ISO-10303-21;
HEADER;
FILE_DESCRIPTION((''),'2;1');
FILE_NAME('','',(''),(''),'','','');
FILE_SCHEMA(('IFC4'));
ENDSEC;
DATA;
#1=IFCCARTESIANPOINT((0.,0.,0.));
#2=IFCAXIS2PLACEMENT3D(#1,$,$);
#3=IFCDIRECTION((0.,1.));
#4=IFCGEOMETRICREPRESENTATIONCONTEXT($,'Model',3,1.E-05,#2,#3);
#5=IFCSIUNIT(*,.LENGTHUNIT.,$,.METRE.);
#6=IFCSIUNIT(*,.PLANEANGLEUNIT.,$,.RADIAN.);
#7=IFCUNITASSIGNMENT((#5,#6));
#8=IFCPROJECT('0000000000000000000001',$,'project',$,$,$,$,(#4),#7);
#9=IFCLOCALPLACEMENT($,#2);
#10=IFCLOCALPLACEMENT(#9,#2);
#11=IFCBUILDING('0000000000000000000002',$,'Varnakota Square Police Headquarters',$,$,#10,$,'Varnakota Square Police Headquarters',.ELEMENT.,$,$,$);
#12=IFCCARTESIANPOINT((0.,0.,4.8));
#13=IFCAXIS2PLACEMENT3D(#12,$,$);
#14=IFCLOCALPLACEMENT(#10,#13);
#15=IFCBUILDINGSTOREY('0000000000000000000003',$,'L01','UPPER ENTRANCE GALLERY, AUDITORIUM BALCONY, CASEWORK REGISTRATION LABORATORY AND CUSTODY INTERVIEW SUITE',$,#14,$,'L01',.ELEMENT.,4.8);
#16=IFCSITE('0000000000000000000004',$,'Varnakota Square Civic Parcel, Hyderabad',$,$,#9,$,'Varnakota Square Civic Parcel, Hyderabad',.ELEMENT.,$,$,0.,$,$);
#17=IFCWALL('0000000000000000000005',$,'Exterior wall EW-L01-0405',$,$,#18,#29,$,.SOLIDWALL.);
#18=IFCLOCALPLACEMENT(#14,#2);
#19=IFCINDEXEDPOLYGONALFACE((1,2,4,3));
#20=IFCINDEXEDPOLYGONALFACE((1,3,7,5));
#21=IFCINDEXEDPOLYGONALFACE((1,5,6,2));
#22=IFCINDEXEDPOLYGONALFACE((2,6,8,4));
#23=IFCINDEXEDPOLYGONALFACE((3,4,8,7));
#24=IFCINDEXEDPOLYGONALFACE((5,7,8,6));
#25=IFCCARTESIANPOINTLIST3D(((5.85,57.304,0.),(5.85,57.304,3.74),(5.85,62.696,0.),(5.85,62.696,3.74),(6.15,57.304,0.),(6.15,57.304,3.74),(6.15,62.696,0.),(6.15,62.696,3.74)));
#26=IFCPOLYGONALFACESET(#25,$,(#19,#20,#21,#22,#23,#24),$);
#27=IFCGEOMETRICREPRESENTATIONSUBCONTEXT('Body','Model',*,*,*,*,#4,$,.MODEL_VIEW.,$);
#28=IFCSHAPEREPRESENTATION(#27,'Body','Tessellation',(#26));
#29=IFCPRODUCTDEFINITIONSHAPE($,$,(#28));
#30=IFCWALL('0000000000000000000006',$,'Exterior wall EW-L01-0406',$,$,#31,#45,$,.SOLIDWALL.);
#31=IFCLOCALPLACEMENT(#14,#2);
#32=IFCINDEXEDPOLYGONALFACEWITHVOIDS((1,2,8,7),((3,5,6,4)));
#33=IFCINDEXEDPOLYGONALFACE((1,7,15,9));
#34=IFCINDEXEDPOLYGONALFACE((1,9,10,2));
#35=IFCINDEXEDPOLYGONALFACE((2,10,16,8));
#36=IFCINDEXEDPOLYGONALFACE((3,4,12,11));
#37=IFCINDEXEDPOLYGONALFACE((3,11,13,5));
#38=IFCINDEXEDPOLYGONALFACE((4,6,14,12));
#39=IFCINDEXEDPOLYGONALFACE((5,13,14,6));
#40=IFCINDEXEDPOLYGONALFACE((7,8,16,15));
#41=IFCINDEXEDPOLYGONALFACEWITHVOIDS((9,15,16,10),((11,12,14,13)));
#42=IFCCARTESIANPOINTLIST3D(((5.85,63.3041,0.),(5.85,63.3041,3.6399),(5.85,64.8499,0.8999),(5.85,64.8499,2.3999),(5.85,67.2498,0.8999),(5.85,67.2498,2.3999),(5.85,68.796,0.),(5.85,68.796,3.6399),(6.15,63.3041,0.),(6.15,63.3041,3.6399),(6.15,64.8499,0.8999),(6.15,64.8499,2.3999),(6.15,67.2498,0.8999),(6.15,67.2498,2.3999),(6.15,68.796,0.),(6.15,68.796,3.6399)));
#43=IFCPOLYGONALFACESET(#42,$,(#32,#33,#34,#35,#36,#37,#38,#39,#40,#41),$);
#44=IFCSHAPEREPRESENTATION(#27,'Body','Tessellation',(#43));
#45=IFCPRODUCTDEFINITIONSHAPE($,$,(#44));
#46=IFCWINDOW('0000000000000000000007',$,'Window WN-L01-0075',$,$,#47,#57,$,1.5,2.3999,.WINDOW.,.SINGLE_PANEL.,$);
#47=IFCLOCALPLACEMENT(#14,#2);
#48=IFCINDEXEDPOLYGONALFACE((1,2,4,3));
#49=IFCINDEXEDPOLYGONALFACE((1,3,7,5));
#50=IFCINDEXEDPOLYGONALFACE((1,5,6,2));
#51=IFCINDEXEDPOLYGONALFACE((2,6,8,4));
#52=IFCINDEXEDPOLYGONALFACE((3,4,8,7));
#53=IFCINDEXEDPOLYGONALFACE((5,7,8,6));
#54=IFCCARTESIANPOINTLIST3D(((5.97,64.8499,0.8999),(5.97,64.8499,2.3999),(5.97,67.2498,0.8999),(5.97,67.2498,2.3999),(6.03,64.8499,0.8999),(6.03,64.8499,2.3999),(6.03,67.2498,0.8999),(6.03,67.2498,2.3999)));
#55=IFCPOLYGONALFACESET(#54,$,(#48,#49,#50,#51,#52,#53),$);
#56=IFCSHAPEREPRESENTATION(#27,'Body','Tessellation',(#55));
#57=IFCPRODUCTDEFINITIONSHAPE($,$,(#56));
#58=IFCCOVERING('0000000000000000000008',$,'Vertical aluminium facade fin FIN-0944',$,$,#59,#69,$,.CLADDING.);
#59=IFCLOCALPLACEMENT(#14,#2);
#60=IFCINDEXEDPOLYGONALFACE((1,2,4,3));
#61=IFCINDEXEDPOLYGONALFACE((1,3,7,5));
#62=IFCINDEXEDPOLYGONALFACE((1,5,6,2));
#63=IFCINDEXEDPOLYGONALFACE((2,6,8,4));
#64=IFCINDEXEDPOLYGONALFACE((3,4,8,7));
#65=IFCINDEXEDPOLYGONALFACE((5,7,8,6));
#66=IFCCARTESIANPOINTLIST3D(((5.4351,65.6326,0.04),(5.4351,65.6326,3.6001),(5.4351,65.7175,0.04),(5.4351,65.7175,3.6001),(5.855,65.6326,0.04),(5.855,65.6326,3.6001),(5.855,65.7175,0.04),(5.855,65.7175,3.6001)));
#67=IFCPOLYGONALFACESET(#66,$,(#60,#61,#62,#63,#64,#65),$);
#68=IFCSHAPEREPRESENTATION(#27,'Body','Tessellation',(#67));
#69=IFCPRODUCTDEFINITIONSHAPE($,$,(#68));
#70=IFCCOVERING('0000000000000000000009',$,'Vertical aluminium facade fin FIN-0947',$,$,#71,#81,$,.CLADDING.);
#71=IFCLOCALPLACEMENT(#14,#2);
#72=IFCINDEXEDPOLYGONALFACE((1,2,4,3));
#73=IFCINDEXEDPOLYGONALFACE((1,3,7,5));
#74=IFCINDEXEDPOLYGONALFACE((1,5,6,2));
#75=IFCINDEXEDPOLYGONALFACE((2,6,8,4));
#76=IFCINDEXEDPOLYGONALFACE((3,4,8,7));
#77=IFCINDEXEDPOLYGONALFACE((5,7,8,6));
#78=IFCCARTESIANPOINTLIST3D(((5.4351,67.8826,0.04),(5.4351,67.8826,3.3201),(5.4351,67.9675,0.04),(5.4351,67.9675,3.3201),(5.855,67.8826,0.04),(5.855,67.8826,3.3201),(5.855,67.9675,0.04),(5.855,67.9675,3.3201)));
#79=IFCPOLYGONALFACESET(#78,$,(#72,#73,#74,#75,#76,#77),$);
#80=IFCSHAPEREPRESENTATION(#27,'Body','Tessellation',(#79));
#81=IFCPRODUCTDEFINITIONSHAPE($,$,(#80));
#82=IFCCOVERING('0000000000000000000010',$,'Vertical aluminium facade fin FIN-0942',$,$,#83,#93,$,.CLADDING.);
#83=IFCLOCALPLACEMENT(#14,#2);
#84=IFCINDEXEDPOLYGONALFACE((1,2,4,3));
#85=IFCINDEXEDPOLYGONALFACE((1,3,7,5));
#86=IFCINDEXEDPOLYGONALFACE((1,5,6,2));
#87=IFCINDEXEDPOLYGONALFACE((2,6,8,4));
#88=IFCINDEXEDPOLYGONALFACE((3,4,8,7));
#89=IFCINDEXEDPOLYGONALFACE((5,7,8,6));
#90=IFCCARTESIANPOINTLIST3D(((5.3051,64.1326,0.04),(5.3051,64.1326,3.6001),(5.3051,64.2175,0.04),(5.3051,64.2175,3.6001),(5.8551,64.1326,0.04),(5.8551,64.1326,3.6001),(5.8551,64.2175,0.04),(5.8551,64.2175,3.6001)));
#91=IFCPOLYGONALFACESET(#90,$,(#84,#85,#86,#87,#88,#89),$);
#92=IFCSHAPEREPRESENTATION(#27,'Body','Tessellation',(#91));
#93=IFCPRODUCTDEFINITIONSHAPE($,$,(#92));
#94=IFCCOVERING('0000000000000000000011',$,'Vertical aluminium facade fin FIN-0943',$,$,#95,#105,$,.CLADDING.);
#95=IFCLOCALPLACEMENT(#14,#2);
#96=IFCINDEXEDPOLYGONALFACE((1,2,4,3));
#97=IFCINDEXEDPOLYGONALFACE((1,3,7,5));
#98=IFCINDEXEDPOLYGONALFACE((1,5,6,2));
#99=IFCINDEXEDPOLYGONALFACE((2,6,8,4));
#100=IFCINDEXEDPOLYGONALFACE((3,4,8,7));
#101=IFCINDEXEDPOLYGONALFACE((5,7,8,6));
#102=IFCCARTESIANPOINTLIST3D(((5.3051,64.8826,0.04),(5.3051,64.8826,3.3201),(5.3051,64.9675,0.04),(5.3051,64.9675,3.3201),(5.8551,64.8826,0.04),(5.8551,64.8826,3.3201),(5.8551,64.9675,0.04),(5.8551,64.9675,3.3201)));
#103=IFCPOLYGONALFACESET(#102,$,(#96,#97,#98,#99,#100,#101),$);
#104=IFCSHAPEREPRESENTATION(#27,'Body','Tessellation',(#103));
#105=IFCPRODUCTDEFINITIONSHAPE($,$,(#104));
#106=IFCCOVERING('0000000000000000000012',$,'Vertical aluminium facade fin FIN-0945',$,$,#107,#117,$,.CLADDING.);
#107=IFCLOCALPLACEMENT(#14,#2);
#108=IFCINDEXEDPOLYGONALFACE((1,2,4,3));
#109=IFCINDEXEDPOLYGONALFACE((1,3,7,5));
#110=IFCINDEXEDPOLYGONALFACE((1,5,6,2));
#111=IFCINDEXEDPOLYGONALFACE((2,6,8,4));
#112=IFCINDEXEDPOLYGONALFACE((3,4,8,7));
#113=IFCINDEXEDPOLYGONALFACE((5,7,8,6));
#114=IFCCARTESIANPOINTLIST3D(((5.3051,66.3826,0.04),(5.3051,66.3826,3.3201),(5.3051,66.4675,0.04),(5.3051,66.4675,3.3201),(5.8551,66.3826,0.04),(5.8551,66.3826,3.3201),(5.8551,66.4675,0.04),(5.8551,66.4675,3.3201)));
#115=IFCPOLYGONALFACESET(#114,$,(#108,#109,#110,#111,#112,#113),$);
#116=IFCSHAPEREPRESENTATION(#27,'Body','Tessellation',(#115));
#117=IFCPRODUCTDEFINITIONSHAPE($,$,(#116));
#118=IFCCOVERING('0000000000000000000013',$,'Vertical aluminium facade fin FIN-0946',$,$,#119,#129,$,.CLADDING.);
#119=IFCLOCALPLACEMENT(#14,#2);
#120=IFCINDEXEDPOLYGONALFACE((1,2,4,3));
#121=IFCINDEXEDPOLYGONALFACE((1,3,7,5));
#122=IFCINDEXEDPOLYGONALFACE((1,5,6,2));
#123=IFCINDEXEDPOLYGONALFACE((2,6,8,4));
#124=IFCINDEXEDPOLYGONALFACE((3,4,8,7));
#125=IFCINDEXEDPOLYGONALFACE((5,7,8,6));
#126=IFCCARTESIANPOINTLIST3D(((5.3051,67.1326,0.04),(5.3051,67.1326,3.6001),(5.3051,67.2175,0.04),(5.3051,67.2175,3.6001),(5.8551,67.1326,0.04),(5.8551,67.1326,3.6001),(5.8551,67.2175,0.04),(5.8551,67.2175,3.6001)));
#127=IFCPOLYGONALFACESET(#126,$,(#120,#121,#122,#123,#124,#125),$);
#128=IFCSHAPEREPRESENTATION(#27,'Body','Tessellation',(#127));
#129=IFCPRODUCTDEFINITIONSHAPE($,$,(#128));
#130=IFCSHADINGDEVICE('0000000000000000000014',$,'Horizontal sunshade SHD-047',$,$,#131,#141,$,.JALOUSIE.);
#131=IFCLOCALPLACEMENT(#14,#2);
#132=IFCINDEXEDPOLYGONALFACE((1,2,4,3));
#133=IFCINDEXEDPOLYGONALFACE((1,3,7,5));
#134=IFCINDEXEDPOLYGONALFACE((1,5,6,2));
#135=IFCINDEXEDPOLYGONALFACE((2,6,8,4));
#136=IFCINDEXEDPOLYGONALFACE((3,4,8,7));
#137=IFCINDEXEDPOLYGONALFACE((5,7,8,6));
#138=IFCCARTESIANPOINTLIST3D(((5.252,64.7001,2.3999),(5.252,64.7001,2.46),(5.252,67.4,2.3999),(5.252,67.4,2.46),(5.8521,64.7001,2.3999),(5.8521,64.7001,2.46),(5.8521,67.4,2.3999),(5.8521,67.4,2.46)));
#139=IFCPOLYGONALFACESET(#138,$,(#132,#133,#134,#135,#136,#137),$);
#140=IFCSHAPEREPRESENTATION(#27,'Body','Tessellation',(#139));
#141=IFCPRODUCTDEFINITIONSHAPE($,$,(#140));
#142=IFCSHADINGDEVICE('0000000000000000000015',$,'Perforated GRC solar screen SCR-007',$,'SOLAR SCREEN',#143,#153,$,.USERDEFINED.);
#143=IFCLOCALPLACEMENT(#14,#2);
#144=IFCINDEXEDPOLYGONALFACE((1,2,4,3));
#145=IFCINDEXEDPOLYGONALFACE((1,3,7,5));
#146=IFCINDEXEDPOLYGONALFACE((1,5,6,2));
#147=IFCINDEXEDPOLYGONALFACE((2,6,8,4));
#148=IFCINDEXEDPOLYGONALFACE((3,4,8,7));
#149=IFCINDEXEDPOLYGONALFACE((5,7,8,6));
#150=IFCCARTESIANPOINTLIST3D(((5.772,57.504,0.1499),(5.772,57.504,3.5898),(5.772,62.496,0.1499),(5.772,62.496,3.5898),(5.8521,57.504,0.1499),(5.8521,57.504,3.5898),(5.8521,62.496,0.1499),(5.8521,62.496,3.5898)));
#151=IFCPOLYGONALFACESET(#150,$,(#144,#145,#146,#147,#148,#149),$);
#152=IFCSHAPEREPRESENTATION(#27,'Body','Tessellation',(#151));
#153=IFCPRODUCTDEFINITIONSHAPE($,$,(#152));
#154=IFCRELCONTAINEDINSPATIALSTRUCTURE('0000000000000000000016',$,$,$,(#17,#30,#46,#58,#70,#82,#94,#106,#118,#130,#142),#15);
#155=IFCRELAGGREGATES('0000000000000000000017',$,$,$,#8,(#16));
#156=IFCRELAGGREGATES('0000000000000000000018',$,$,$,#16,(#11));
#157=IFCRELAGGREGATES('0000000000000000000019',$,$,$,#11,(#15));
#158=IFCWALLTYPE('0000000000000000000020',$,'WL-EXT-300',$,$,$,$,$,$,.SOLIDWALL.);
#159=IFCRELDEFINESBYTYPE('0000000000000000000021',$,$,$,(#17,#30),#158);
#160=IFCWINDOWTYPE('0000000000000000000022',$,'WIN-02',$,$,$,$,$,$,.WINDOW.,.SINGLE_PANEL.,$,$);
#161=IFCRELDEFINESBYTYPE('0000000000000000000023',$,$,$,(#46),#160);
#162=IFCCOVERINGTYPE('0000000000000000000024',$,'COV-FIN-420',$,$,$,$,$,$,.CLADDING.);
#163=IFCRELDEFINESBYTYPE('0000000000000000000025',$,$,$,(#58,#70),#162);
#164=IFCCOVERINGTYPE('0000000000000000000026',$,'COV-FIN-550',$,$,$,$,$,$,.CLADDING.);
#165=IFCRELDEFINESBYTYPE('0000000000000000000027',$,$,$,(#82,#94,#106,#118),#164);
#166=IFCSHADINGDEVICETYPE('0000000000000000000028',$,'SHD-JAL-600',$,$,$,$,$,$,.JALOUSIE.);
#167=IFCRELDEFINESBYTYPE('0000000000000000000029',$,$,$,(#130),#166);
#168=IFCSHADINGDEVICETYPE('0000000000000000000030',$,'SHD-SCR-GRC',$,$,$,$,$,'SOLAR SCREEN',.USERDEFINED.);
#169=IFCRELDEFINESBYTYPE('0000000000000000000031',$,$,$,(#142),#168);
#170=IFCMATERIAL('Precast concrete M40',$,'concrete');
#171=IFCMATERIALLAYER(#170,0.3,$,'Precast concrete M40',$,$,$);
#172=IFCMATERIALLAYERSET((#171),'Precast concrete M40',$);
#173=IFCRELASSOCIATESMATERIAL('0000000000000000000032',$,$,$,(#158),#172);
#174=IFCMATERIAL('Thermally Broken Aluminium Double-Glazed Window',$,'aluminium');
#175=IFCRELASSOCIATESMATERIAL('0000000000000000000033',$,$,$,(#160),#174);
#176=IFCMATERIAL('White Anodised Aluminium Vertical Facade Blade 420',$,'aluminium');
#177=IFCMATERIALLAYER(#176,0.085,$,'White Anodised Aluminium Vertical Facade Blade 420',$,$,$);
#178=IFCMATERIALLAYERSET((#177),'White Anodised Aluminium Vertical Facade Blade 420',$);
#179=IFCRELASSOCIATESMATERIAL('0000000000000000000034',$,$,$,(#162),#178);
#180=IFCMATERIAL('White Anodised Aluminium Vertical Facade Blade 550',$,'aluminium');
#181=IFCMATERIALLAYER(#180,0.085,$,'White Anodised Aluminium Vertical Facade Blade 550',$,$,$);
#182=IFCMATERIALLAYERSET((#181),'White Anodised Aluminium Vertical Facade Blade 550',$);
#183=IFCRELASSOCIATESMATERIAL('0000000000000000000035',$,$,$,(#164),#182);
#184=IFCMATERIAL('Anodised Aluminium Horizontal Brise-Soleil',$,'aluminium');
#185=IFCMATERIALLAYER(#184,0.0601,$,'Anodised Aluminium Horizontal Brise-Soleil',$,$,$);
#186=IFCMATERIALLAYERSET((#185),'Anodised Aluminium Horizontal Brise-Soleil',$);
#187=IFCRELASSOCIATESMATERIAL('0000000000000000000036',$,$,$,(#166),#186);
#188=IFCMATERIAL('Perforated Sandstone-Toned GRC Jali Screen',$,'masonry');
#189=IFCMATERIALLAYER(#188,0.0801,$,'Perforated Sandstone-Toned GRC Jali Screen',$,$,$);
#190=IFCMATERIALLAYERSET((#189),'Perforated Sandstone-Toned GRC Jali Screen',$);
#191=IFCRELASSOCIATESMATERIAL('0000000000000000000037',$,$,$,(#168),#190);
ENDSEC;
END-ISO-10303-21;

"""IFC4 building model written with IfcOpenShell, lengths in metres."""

from ifc_helpers import new_model, si_unit, direction, frame, frame_2d, origin, origin_2d, place, context, subcontext, project, spatial, rectangle, extrude, material, layer, layer_set, type_object, element, fill, save


model = new_model("IFC4")

# Units and contexts
model_context = context("Model", 3, precision=1e-05, world=origin(), true_north=direction((0.0, 1.0)))
body_context = subcontext(model_context, "Body", "Model", "MODEL_VIEW")
ifc_project = project(units=[si_unit("LENGTHUNIT", "METRE"), si_unit("PLANEANGLEUNIT", "RADIAN")], contexts=[model_context])

# Site, building, storey
site_placement = place(None, origin())
site = spatial("IfcSite", under=ifc_project, at=site_placement, Name="Varnakota Square Civic Parcel, Hyderabad", LongName="Varnakota Square Civic Parcel, Hyderabad", CompositionType="ELEMENT", RefElevation=0.0)
building_placement = place(site_placement, origin())
building = spatial("IfcBuilding", under=site, at=building_placement, Name="Varnakota Square Police Headquarters", LongName="Varnakota Square Police Headquarters", CompositionType="ELEMENT")
storey_placement = place(building_placement, frame((0.0, 0.0, 4.8)))
storey = spatial("IfcBuildingStorey", under=building, at=storey_placement, Name="L01", Description="UPPER ENTRANCE GALLERY, AUDITORIUM BALCONY, CASEWORK REGISTRATION LABORATORY AND CUSTODY INTERVIEW SUITE", LongName="L01", CompositionType="ELEMENT", Elevation=4.8)

# Wall
ifc_material_1 = material(Name="Precast concrete M40", Category="concrete")
ifc_layer_1 = layer(ifc_material_1, 0.3, Name="Precast concrete M40")
ifc_layer_set_1 = layer_set([ifc_layer_1], Name="Precast concrete M40")
wall_type = type_object("IfcWallType", Name="WL-EXT-300", PredefinedType="SOLIDWALL", material=ifc_layer_set_1)
wall_1_placement = place(storey_placement, frame((6.0, 57.304, 0.0), z_axis=(0.0, 0.0, 1.0), x_axis=(0.0, 1.0, 0.0)))
element("IfcWall", 1, at=wall_1_placement, inside=storey, type_object=wall_type, Name="Exterior wall EW-L01-0405", PredefinedType="SOLIDWALL", context=body_context, shape_type="SweptSolid", body=[
    extrude(rectangle(XDim=5.3921, YDim=0.3, at=frame_2d((2.696, 0.0))), origin(), (0.0, 0.0, 1.0), 3.74),
])

# Wall, opening, window
wall_2_placement = place(storey_placement, frame((6.0, 63.304, 0.0), z_axis=(0.0, 0.0, 1.0), x_axis=(0.0, 1.0, 0.0)))
wall_2 = element("IfcWall", 2, at=wall_2_placement, inside=storey, type_object=wall_type, Name="Exterior wall EW-L01-0406", PredefinedType="SOLIDWALL", context=body_context, shape_type="SweptSolid", body=[
    extrude(rectangle(XDim=5.4919, YDim=0.3, at=frame_2d((2.7461, 0.0))), origin(), (0.0, 0.0, 1.0), 3.6399),
])
opening_placement = place(wall_2_placement, frame((1.5459, 0.0, 0.8999)))
opening = element("IfcOpeningElement", 3, at=opening_placement, cuts=wall_2, PredefinedType="OPENING", context=body_context, shape_type="SweptSolid", body=[
    extrude(rectangle(XDim=2.3999, YDim=1.5, at=frame_2d((1.2, 0.75))), frame((0.0, 0.1599, 0.0), z_axis=(0.0, -1.0, 0.0), x_axis=(1.0, 0.0, 0.0)), (0.0, 0.0, 1.0), 0.3201),
])
ifc_material_2 = material(Name="Thermally Broken Aluminium Double-Glazed Window", Category="aluminium")
window_type = type_object("IfcWindowType", Name="WIN-02", PartitioningType="SINGLE_PANEL", PredefinedType="WINDOW", material=ifc_material_2)
window_placement = place(opening_placement, origin())
window = element("IfcWindow", 4, at=window_placement, inside=storey, type_object=window_type, Name="Window WN-L01-0075", OverallHeight=1.5, OverallWidth=2.3999, PartitioningType="SINGLE_PANEL", PredefinedType="WINDOW", context=body_context, shape_type="SweptSolid", body=[
    extrude(rectangle(XDim=2.3999, YDim=1.5, at=frame_2d((1.2, 0.75))), frame((0.0, 0.03, 0.0), z_axis=(0.0, -1.0, 0.0), x_axis=(1.0, 0.0, 0.0)), (0.0, 0.0, 1.0), 0.0601),
])
fill(opening, window)

# Coverings
ifc_material_3 = material(Name="White Anodised Aluminium Vertical Facade Blade 420", Category="aluminium")
ifc_layer_2 = layer(ifc_material_3, 0.085, Name="White Anodised Aluminium Vertical Facade Blade 420")
ifc_layer_set_2 = layer_set([ifc_layer_2], Name="White Anodised Aluminium Vertical Facade Blade 420")
covering_type_1 = type_object("IfcCoveringType", Name="COV-FIN-420", PredefinedType="CLADDING", material=ifc_layer_set_2)
covering_1_placement = place(storey_placement, frame((5.645, 65.675, 0.04), z_axis=(0.0, 0.0, 1.0), x_axis=(0.0, 1.0, 0.0)))
element("IfcCovering", 5, at=covering_1_placement, inside=storey, type_object=covering_type_1, Name="Vertical aluminium facade fin FIN-0944", PredefinedType="CLADDING", context=body_context, shape_type="SweptSolid", body=[
    extrude(rectangle(XDim=0.085, YDim=0.4199, at=origin_2d()), origin(), (0.0, 0.0, 1.0), 3.5601),
])
covering_2_placement = place(storey_placement, frame((5.645, 67.925, 0.04), z_axis=(0.0, 0.0, 1.0), x_axis=(0.0, 1.0, 0.0)))
element("IfcCovering", 6, at=covering_2_placement, inside=storey, type_object=covering_type_1, Name="Vertical aluminium facade fin FIN-0947", PredefinedType="CLADDING", context=body_context, shape_type="SweptSolid", body=[
    extrude(rectangle(XDim=0.085, YDim=0.4199, at=origin_2d()), origin(), (0.0, 0.0, 1.0), 3.28),
])
ifc_material_4 = material(Name="White Anodised Aluminium Vertical Facade Blade 550", Category="aluminium")
ifc_layer_3 = layer(ifc_material_4, 0.085, Name="White Anodised Aluminium Vertical Facade Blade 550")
ifc_layer_set_3 = layer_set([ifc_layer_3], Name="White Anodised Aluminium Vertical Facade Blade 550")
covering_type_2 = type_object("IfcCoveringType", Name="COV-FIN-550", PredefinedType="CLADDING", material=ifc_layer_set_3)
covering_3_placement = place(storey_placement, frame((5.5801, 64.175, 0.04), z_axis=(0.0, 0.0, 1.0), x_axis=(0.0, 1.0, 0.0)))
element("IfcCovering", 7, at=covering_3_placement, inside=storey, type_object=covering_type_2, Name="Vertical aluminium facade fin FIN-0942", PredefinedType="CLADDING", context=body_context, shape_type="SweptSolid", body=[
    extrude(rectangle(XDim=0.085, YDim=0.55, at=origin_2d()), origin(), (0.0, 0.0, 1.0), 3.5601),
])
for number, where, z_axis, x_axis, name in (
    (8, (5.5801, 64.925, 0.04), (0.0, 0.0, 1.0), (0.0, 1.0, 0.0), "Vertical aluminium facade fin FIN-0943"),
    (9, (5.5801, 66.425, 0.04), (0.0, 0.0, 1.0), (0.0, 1.0, 0.0), "Vertical aluminium facade fin FIN-0945"),
):
    element("IfcCovering", number, at=place(storey_placement, frame(where, z_axis=z_axis, x_axis=x_axis)), inside=storey, type_object=covering_type_2, Name=name, PredefinedType="CLADDING", context=body_context, shape_type="SweptSolid", body=[
        extrude(rectangle(XDim=0.085, YDim=0.55, at=origin_2d()), origin(), (0.0, 0.0, 1.0), 3.28),
    ])
covering_4_placement = place(storey_placement, frame((5.5801, 67.175, 0.04), z_axis=(0.0, 0.0, 1.0), x_axis=(0.0, 1.0, 0.0)))
element("IfcCovering", 10, at=covering_4_placement, inside=storey, type_object=covering_type_2, Name="Vertical aluminium facade fin FIN-0946", PredefinedType="CLADDING", context=body_context, shape_type="SweptSolid", body=[
    extrude(rectangle(XDim=0.085, YDim=0.55, at=origin_2d()), origin(), (0.0, 0.0, 1.0), 3.5601),
])

# Shading devices
ifc_material_5 = material(Name="Anodised Aluminium Horizontal Brise-Soleil", Category="aluminium")
ifc_layer_4 = layer(ifc_material_5, 0.0601, Name="Anodised Aluminium Horizontal Brise-Soleil")
ifc_layer_set_4 = layer_set([ifc_layer_4], Name="Anodised Aluminium Horizontal Brise-Soleil")
shading_device_type_1 = type_object("IfcShadingDeviceType", Name="SHD-JAL-600", PredefinedType="JALOUSIE", material=ifc_layer_set_4)
shading_device_1_placement = place(storey_placement, frame((5.552, 66.05, 2.3999), z_axis=(0.0, 0.0, 1.0), x_axis=(0.0, 1.0, 0.0)))
element("IfcShadingDevice", 11, at=shading_device_1_placement, inside=storey, type_object=shading_device_type_1, Name="Horizontal sunshade SHD-047", PredefinedType="JALOUSIE", context=body_context, shape_type="SweptSolid", body=[
    extrude(rectangle(XDim=2.7, YDim=0.6001, at=origin_2d()), origin(), (0.0, 0.0, 1.0), 0.0601),
])
ifc_material_6 = material(Name="Perforated Sandstone-Toned GRC Jali Screen", Category="masonry")
ifc_layer_5 = layer(ifc_material_6, 0.0801, Name="Perforated Sandstone-Toned GRC Jali Screen")
ifc_layer_set_5 = layer_set([ifc_layer_5], Name="Perforated Sandstone-Toned GRC Jali Screen")
shading_device_type_2 = type_object("IfcShadingDeviceType", Name="SHD-SCR-GRC", ElementType="SOLAR SCREEN", PredefinedType="USERDEFINED", material=ifc_layer_set_5)
shading_device_2_placement = place(storey_placement, frame((5.812, 60.0, 0.1499), z_axis=(0.0, 0.0, 1.0), x_axis=(0.0, 1.0, 0.0)))
element("IfcShadingDevice", 12, at=shading_device_2_placement, inside=storey, type_object=shading_device_type_2, Name="Perforated GRC solar screen SCR-007", ObjectType="SOLAR SCREEN", PredefinedType="USERDEFINED", context=body_context, shape_type="SweptSolid", body=[
    extrude(rectangle(XDim=4.9919, YDim=0.0801, at=origin_2d()), origin(), (0.0, 0.0, 1.0), 3.4399),
])

save(model, "model.ifc")
